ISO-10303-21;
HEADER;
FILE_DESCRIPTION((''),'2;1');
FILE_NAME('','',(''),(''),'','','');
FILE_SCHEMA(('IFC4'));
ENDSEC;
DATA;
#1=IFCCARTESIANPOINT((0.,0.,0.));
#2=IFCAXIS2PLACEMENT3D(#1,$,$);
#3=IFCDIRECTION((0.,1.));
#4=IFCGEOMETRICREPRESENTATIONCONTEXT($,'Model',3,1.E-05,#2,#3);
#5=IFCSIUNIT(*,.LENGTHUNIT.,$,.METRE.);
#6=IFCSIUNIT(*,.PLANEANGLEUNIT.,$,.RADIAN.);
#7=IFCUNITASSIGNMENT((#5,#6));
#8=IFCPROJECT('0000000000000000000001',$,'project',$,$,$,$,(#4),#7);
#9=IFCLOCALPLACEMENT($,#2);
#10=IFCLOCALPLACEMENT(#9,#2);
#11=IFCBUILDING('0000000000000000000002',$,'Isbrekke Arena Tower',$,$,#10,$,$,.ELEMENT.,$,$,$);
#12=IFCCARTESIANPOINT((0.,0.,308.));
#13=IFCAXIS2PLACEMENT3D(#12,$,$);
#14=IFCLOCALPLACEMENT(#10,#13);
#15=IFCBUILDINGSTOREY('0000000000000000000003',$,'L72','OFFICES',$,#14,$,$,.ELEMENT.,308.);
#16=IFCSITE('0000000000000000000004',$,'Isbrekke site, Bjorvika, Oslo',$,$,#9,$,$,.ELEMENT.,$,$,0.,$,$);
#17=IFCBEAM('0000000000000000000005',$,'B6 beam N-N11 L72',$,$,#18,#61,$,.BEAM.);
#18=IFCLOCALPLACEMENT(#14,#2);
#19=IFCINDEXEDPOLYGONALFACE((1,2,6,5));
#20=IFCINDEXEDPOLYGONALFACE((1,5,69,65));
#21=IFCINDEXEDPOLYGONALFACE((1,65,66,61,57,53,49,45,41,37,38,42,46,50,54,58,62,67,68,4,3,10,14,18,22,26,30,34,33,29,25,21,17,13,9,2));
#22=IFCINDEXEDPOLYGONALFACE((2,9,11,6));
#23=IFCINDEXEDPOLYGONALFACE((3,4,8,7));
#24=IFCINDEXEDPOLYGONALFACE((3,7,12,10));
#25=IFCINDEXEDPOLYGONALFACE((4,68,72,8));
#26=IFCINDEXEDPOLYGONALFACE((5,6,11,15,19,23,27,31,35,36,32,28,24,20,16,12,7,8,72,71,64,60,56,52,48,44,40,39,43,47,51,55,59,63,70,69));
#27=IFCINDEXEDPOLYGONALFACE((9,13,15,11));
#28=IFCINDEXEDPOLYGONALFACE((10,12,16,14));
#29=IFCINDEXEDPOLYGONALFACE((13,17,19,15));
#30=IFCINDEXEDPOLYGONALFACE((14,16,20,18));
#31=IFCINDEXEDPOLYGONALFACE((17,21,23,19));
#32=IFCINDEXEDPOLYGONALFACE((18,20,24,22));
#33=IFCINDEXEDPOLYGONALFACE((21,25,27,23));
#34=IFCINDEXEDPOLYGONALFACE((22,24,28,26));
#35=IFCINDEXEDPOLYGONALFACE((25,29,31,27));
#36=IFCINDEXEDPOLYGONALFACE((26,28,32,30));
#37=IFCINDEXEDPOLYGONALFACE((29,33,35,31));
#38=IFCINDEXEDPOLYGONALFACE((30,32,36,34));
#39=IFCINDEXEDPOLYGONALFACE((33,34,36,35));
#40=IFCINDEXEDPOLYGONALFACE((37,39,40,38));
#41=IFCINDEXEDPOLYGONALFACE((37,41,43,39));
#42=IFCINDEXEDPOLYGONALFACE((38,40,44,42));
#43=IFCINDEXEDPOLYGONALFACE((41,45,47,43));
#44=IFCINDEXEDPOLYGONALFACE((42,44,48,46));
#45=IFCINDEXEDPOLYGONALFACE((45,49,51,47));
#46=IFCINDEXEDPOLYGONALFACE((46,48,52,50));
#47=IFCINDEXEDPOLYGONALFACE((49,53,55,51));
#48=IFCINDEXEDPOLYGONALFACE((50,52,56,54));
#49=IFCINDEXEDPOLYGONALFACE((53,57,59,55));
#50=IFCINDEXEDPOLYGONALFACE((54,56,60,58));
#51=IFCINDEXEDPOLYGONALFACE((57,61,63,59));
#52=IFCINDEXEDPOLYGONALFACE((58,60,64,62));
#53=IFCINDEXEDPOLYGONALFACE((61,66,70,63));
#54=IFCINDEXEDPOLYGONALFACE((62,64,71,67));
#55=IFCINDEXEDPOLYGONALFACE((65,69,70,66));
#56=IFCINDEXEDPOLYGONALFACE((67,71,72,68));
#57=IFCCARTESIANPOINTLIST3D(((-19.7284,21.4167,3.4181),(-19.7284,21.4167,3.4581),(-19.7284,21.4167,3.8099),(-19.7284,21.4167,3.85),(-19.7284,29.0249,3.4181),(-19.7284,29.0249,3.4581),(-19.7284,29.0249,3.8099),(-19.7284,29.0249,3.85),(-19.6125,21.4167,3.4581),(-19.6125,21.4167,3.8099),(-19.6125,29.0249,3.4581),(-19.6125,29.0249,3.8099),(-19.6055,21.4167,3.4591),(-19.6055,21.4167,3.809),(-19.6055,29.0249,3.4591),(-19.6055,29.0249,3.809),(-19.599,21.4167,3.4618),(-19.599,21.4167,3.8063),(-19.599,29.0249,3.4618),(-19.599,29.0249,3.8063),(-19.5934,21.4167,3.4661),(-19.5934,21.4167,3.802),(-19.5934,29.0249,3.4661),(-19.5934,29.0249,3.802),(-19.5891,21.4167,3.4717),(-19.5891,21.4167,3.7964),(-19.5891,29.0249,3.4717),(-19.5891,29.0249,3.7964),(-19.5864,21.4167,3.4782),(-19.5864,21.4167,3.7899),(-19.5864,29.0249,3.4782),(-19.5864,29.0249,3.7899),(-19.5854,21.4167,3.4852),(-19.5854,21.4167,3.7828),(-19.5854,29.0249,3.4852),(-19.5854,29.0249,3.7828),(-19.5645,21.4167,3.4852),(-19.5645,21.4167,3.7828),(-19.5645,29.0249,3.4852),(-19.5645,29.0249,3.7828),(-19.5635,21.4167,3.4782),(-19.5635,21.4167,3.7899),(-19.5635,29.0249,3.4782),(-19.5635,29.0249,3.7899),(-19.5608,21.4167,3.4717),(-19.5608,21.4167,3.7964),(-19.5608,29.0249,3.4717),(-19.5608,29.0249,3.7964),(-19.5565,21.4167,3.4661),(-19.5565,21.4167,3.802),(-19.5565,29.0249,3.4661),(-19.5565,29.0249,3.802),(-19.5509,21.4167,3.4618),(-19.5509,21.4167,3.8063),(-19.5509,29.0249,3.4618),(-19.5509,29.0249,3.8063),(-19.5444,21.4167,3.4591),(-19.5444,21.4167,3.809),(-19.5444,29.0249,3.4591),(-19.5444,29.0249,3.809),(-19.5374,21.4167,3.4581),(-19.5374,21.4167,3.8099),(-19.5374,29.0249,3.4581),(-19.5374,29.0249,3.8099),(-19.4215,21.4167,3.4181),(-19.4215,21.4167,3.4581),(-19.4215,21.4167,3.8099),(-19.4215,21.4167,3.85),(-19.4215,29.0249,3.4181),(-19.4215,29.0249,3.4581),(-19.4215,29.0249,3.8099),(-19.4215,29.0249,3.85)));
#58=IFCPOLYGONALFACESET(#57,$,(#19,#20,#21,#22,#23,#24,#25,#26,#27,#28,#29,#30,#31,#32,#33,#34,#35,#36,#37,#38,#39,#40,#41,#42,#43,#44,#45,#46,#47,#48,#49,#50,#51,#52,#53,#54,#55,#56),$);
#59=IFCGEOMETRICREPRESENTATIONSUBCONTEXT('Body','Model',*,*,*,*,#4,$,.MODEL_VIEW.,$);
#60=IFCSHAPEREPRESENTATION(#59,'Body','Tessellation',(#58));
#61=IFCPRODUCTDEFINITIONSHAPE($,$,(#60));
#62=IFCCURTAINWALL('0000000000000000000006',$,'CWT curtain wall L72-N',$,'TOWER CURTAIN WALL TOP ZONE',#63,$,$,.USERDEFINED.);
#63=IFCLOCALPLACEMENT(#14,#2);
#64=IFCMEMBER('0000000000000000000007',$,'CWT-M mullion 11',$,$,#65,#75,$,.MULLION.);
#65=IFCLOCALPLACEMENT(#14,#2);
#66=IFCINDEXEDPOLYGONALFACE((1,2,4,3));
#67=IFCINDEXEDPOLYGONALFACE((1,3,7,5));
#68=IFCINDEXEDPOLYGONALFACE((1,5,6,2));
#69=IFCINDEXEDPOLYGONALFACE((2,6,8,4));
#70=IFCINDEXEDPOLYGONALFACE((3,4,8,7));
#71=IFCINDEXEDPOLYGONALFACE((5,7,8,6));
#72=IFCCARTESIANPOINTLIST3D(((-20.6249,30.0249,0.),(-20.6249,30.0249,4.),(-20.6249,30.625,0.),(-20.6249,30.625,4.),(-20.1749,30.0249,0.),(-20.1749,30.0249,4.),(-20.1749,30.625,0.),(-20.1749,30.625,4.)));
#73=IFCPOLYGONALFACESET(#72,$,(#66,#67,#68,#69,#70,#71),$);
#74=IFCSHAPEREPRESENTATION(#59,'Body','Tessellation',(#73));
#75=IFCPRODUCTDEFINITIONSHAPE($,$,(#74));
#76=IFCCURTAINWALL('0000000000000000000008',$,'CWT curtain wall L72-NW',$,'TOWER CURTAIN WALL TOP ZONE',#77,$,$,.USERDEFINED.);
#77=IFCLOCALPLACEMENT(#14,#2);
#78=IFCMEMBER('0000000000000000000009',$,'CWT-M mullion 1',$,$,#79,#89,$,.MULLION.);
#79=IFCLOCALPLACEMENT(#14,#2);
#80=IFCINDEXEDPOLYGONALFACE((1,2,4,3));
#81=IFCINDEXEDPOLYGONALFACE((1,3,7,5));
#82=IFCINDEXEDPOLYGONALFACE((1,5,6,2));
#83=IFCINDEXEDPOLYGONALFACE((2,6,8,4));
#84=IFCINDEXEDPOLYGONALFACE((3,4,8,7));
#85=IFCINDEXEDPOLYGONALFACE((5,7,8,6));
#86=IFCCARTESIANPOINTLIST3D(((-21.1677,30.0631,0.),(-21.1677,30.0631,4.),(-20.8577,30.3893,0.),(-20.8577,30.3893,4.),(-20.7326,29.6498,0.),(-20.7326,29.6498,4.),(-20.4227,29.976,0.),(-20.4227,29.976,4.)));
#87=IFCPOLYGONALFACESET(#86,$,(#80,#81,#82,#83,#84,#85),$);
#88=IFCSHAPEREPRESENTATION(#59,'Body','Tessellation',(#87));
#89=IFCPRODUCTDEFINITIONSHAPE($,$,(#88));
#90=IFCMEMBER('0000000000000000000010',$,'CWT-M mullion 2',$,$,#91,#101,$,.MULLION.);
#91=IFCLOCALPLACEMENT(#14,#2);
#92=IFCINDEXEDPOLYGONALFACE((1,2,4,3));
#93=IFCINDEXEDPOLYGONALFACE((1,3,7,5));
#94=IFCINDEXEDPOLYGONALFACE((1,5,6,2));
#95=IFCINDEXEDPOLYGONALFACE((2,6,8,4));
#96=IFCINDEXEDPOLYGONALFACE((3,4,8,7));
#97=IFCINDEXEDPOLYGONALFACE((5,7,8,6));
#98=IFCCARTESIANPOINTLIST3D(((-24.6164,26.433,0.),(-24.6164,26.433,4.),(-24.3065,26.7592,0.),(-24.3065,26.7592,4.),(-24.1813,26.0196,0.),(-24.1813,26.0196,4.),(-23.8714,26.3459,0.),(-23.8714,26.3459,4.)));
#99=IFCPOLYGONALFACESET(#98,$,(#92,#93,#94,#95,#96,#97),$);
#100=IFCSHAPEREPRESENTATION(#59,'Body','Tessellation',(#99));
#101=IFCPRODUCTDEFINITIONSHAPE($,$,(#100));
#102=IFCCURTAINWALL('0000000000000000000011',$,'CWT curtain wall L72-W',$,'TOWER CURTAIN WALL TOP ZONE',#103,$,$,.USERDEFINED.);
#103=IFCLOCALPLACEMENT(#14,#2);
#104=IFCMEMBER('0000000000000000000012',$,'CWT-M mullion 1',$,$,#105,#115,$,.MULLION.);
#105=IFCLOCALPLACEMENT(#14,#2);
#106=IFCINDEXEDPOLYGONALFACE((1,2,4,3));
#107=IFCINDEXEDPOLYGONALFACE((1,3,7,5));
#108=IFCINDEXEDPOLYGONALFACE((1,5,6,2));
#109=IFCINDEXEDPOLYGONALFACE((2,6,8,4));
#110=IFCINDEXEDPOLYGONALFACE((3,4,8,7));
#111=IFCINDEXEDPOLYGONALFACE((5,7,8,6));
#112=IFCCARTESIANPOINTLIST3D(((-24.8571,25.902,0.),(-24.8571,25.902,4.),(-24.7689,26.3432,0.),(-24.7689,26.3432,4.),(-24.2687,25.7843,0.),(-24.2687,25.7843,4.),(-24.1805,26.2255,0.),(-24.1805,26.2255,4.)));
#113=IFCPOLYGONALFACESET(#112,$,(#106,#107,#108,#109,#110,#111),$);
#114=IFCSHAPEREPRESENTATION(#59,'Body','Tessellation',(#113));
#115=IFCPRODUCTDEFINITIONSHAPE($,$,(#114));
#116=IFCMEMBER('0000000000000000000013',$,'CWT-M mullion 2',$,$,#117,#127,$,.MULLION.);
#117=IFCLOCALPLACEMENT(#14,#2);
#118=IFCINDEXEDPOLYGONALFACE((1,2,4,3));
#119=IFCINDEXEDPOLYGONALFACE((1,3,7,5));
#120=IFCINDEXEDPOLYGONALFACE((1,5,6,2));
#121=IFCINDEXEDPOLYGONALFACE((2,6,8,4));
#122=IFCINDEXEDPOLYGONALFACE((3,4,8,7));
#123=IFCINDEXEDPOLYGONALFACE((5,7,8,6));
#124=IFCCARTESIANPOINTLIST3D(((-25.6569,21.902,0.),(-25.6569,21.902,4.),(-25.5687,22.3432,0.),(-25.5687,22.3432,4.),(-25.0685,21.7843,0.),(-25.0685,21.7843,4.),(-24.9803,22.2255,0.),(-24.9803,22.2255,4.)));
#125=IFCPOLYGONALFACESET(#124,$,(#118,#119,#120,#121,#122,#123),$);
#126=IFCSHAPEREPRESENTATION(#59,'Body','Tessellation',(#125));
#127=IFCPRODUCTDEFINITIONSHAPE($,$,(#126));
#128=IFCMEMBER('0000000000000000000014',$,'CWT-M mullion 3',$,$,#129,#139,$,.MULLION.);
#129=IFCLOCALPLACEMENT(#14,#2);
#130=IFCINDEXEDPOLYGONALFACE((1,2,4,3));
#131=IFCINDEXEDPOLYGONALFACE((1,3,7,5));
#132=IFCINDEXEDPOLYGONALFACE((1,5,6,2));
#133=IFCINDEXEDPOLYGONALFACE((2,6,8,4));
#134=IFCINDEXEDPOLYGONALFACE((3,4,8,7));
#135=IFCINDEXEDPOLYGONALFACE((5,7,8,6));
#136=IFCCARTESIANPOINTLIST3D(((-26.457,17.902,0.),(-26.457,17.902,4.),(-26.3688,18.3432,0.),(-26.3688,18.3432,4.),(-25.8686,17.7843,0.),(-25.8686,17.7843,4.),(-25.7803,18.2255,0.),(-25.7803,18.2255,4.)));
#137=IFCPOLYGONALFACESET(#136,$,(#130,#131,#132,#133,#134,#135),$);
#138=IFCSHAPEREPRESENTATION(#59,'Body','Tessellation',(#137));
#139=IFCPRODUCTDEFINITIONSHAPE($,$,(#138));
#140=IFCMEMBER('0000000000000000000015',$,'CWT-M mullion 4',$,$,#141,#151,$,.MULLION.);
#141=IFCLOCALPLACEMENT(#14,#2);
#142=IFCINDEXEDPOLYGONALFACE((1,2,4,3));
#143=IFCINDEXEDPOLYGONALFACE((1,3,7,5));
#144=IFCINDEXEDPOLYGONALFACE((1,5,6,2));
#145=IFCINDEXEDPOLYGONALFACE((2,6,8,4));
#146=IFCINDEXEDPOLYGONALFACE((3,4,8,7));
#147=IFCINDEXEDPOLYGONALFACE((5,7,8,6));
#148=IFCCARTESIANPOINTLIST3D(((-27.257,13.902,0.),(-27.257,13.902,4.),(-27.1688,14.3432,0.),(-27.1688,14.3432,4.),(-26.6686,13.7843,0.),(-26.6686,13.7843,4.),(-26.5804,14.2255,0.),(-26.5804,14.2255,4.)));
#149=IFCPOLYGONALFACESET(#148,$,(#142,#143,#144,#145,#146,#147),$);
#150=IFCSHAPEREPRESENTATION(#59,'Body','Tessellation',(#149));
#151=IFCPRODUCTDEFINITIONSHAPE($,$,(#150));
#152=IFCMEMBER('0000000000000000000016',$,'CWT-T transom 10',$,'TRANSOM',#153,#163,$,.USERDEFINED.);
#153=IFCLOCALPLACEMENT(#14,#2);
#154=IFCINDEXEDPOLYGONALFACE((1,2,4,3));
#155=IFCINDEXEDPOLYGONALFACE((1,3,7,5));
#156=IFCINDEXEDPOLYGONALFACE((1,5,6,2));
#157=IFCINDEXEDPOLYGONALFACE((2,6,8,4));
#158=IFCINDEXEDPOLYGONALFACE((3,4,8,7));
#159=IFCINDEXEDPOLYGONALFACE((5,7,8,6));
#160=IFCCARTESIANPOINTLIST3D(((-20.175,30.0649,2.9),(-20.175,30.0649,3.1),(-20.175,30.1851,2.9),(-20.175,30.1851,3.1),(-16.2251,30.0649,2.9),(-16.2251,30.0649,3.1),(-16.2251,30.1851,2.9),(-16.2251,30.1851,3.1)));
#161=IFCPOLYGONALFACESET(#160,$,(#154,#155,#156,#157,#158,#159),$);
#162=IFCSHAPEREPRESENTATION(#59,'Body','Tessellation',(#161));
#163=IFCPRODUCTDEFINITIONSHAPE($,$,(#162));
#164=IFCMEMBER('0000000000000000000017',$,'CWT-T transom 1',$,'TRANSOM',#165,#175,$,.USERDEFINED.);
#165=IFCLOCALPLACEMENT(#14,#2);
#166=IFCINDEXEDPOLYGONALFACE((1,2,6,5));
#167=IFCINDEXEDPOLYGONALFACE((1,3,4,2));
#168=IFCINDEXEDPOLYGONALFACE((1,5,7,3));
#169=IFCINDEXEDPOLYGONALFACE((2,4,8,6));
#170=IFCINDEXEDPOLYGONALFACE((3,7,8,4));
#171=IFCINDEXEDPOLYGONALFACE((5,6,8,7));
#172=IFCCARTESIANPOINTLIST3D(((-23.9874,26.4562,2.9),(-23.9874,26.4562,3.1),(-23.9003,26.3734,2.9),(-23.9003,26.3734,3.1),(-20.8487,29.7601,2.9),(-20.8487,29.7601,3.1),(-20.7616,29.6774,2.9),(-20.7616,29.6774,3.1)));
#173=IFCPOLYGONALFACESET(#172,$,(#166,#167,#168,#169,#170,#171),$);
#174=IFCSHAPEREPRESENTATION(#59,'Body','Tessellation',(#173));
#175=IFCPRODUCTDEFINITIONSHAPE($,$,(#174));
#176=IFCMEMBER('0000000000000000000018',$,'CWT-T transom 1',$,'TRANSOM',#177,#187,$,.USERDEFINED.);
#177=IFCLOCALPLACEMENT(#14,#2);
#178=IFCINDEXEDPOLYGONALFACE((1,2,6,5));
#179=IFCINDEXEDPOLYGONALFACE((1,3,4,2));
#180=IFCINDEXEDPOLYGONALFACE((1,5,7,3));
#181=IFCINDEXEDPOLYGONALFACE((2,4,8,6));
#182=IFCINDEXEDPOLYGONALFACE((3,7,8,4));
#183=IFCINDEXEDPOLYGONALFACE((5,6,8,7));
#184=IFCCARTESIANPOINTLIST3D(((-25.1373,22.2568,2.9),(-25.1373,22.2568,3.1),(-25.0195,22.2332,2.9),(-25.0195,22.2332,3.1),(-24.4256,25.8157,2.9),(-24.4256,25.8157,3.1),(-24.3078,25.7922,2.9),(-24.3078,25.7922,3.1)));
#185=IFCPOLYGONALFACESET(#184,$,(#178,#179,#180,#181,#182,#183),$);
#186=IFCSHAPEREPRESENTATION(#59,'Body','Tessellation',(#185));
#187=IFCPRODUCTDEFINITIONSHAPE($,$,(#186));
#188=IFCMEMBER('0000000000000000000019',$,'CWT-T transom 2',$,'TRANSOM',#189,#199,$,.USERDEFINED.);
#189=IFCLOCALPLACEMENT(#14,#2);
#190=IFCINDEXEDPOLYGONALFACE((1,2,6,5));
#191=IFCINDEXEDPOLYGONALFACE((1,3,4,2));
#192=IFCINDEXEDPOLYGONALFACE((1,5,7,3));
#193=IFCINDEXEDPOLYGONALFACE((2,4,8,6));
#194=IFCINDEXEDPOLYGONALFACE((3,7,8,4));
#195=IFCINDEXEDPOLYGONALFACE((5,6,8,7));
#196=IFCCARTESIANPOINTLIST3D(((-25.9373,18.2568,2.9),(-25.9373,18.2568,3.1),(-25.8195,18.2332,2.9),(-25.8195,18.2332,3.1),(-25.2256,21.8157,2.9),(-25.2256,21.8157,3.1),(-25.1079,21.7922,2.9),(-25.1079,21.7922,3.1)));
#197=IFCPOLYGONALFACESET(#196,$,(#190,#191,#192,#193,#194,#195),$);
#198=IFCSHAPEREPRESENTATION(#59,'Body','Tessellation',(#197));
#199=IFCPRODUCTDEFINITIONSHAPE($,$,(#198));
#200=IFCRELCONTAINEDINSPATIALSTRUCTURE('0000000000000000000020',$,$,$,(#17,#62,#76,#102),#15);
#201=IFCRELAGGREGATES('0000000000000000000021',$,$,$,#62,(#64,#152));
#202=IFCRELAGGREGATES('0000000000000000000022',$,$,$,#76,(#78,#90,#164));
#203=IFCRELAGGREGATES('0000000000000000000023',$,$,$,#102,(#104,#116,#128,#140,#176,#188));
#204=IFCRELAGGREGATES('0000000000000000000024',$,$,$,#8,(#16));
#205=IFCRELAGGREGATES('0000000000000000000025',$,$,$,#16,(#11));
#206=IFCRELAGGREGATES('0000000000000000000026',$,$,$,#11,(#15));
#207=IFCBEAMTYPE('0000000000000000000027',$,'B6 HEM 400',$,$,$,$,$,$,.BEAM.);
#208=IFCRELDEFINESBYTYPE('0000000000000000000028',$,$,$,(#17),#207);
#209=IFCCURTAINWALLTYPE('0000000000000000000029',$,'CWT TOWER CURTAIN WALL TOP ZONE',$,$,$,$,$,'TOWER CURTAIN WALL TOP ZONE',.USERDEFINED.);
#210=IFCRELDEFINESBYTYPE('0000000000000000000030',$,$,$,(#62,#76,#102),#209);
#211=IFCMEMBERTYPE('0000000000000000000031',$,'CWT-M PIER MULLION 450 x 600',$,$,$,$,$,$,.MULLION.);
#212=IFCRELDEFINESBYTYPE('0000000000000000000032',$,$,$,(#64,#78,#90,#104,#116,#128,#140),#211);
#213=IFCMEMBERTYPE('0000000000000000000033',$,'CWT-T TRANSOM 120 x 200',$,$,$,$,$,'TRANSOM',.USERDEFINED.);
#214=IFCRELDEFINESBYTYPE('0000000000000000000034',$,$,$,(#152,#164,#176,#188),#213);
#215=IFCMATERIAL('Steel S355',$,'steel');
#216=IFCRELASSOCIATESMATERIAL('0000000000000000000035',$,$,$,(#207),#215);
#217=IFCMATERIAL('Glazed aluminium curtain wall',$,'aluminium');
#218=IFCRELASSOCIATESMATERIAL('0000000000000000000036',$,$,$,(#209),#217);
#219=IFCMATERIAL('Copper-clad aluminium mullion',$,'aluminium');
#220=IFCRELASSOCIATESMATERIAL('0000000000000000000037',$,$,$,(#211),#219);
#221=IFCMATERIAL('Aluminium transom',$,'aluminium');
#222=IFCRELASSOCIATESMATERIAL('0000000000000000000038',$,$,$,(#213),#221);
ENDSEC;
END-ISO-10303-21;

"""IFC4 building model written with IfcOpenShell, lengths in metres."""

from ifc_helpers import new_model, si_unit, direction, frame, origin, origin_2d, place, context, subcontext, project, spatial, rectangle, i_section, extrude, material, material_profile, profile_set, type_object, element, aggregate, save


model = new_model("IFC4")

# Units and contexts
model_context = context("Model", 3, precision=1e-05, world=origin(), true_north=direction((0.0, 1.0)))
body_context = subcontext(model_context, "Body", "Model", "MODEL_VIEW")
ifc_project = project(units=[si_unit("LENGTHUNIT", "METRE"), si_unit("PLANEANGLEUNIT", "RADIAN")], contexts=[model_context])

# Site, building, storey
site_placement = place(None, origin())
site = spatial("IfcSite", under=ifc_project, at=site_placement, Name="Isbrekke site, Bjorvika, Oslo", CompositionType="ELEMENT", RefElevation=0.0)
building_placement = place(site_placement, origin())
building = spatial("IfcBuilding", under=site, at=building_placement, Name="Isbrekke Arena Tower", CompositionType="ELEMENT")
storey_placement = place(building_placement, frame((0.0, 0.0, 308.0)))
storey = spatial("IfcBuildingStorey", under=building, at=storey_placement, Name="L72", Description="OFFICES", CompositionType="ELEMENT", Elevation=308.0)

# Beam
ifc_material_1 = material(Name="Steel S355", Category="steel")
ifc_material_profile_1 = material_profile(ifc_material_1, i_section(OverallWidth=0.3069, OverallDepth=0.4319, WebThickness=0.021, FlangeThickness=0.04, FilletRadius=0.0271, at=origin_2d()), Name="HEM 400")
ifc_profile_set_1 = profile_set([ifc_material_profile_1], Name="Steel S355")
beam_type_1 = type_object("IfcBeamType", Name="B6 HEM 400", PredefinedType="BEAM", material=ifc_profile_set_1)
beam_1_placement = place(storey_placement, frame((-19.575, 29.0249, 3.634), z_axis=(0.0, -1.0, 0.0), x_axis=(1.0, 0.0, 0.0)))
element("IfcBeam", 1, at=beam_1_placement, inside=storey, type_object=beam_type_1, Name="B6 beam N-N11 L72", PredefinedType="BEAM", context=body_context, shape_type="SweptSolid", body=[
    extrude(i_section(OverallWidth=0.3069, OverallDepth=0.4319, WebThickness=0.021, FlangeThickness=0.04, FilletRadius=0.0271, at=origin_2d()), origin(), (0.0, 0.0, 1.0), 7.6082),
])

# Curtain wall, member
ifc_material_2 = material(Name="Glazed aluminium curtain wall", Category="aluminium")
curtain_wall_type = type_object("IfcCurtainWallType", Name="CWT TOWER CURTAIN WALL TOP ZONE", ElementType="TOWER CURTAIN WALL TOP ZONE", PredefinedType="USERDEFINED", material=ifc_material_2)
curtain_wall_1_placement = place(storey_placement, origin())
curtain_wall_1 = element("IfcCurtainWall", 2, at=curtain_wall_1_placement, inside=storey, type_object=curtain_wall_type, Name="CWT curtain wall L72-N", ObjectType="TOWER CURTAIN WALL TOP ZONE", PredefinedType="USERDEFINED")
ifc_material_3 = material(Name="Copper-clad aluminium mullion", Category="aluminium")
ifc_material_profile_2 = material_profile(ifc_material_3, rectangle(XDim=0.45, YDim=0.6001, at=origin_2d()), Name="PIER 450X600")
ifc_profile_set_2 = profile_set([ifc_material_profile_2], Name="Copper-clad aluminium mullion")
member_type_1 = type_object("IfcMemberType", Name="CWT-M PIER MULLION 450 x 600", PredefinedType="MULLION", material=ifc_profile_set_2)
member_1_placement = place(storey_placement, frame((-20.3999, 30.325, 0.0), z_axis=(0.0, 0.0, 1.0), x_axis=(-1.0, 0.0, 0.0)))
member_1 = element("IfcMember", 3, at=member_1_placement, type_object=member_type_1, Name="CWT-M mullion 11", PredefinedType="MULLION", context=body_context, shape_type="SweptSolid", body=[
    extrude(rectangle(XDim=0.45, YDim=0.6001, at=origin_2d()), origin(), (0.0, 0.0, 1.0), 4.0),
])

# Curtain walls, members
curtain_wall_2_placement = place(storey_placement, origin())
curtain_wall_2 = element("IfcCurtainWall", 4, at=curtain_wall_2_placement, inside=storey, type_object=curtain_wall_type, Name="CWT curtain wall L72-NW", ObjectType="TOWER CURTAIN WALL TOP ZONE", PredefinedType="USERDEFINED")
member_2_placement = place(storey_placement, frame((-20.7952, 30.0195, 0.0), z_axis=(0.0, 0.0, 1.0), x_axis=(-0.688749, -0.724999, 0.0)))
member_2 = element("IfcMember", 5, at=member_2_placement, type_object=member_type_1, Name="CWT-M mullion 1", PredefinedType="MULLION", context=body_context, shape_type="SweptSolid", body=[
    extrude(rectangle(XDim=0.45, YDim=0.6001, at=origin_2d()), origin(), (0.0, 0.0, 1.0), 4.0),
])
member_3_placement = place(storey_placement, frame((-24.2439, 26.3894, 0.0), z_axis=(0.0, 0.0, 1.0), x_axis=(-0.688749, -0.724999, 0.0)))
member_3 = element("IfcMember", 6, at=member_3_placement, type_object=member_type_1, Name="CWT-M mullion 2", PredefinedType="MULLION", context=body_context, shape_type="SweptSolid", body=[
    extrude(rectangle(XDim=0.45, YDim=0.6001, at=origin_2d()), origin(), (0.0, 0.0, 1.0), 4.0),
])
curtain_wall_3_placement = place(storey_placement, origin())
curtain_wall_3 = element("IfcCurtainWall", 7, at=curtain_wall_3_placement, inside=storey, type_object=curtain_wall_type, Name="CWT curtain wall L72-W", ObjectType="TOWER CURTAIN WALL TOP ZONE", PredefinedType="USERDEFINED")
member_4_placement = place(storey_placement, frame((-24.5188, 26.0637, 0.0), z_axis=(0.0, 0.0, 1.0), x_axis=(-0.196116, -0.980581, 0.0)))
member_4 = element("IfcMember", 8, at=member_4_placement, type_object=member_type_1, Name="CWT-M mullion 1", PredefinedType="MULLION", context=body_context, shape_type="SweptSolid", body=[
    extrude(rectangle(XDim=0.45, YDim=0.6001, at=origin_2d()), origin(), (0.0, 0.0, 1.0), 4.0),
])
member_5_placement = place(storey_placement, frame((-25.3186, 22.0637, 0.0), z_axis=(0.0, 0.0, 1.0), x_axis=(-0.196116, -0.980581, 0.0)))
member_5 = element("IfcMember", 9, at=member_5_placement, type_object=member_type_1, Name="CWT-M mullion 2", PredefinedType="MULLION", context=body_context, shape_type="SweptSolid", body=[
    extrude(rectangle(XDim=0.45, YDim=0.6001, at=origin_2d()), origin(), (0.0, 0.0, 1.0), 4.0),
])
member_6_placement = place(storey_placement, frame((-26.1187, 18.0637, 0.0), z_axis=(0.0, 0.0, 1.0), x_axis=(-0.196116, -0.980581, 0.0)))
member_6 = element("IfcMember", 10, at=member_6_placement, type_object=member_type_1, Name="CWT-M mullion 3", PredefinedType="MULLION", context=body_context, shape_type="SweptSolid", body=[
    extrude(rectangle(XDim=0.45, YDim=0.6001, at=origin_2d()), origin(), (0.0, 0.0, 1.0), 4.0),
])
member_7_placement = place(storey_placement, frame((-26.9187, 14.0637, 0.0), z_axis=(0.0, 0.0, 1.0), x_axis=(-0.196116, -0.980581, 0.0)))
member_7 = element("IfcMember", 11, at=member_7_placement, type_object=member_type_1, Name="CWT-M mullion 4", PredefinedType="MULLION", context=body_context, shape_type="SweptSolid", body=[
    extrude(rectangle(XDim=0.45, YDim=0.6001, at=origin_2d()), origin(), (0.0, 0.0, 1.0), 4.0),
])

# Members
ifc_material_4 = material(Name="Aluminium transom", Category="aluminium")
ifc_material_profile_3 = material_profile(ifc_material_4, rectangle(XDim=0.1201, YDim=0.2, at=origin_2d()), Name="TRANSOM 120X200")
ifc_profile_set_3 = profile_set([ifc_material_profile_3], Name="Aluminium transom")
member_type_2 = type_object("IfcMemberType", Name="CWT-T TRANSOM 120 x 200", ElementType="TRANSOM", PredefinedType="USERDEFINED", material=ifc_profile_set_3)
member_8_placement = place(storey_placement, frame((-16.2251, 30.125, 3.0), z_axis=(-1.0, 0.0, 0.0), x_axis=(0.0, -1.0, 0.0)))
member_8 = element("IfcMember", 12, at=member_8_placement, type_object=member_type_2, Name="CWT-T transom 10", ObjectType="TRANSOM", PredefinedType="USERDEFINED", context=body_context, shape_type="SweptSolid", body=[
    extrude(rectangle(XDim=0.1201, YDim=0.2, at=origin_2d()), origin(), (0.0, 0.0, 1.0), 3.95),
])
member_9_placement = place(storey_placement, frame((-20.8052, 29.7188, 3.0), z_axis=(-0.68874, -0.725009, 0.0), x_axis=(0.725009, -0.68874, 0.0)))
member_9 = element("IfcMember", 13, at=member_9_placement, type_object=member_type_2, Name="CWT-T transom 1", ObjectType="TRANSOM", PredefinedType="USERDEFINED", context=body_context, shape_type="SweptSolid", body=[
    extrude(rectangle(XDim=0.1201, YDim=0.2, at=origin_2d()), origin(), (0.0, 0.0, 1.0), 4.5571),
])
member_10_placement = place(storey_placement, frame((-24.3667, 25.804, 3.0), z_axis=(-0.19609, -0.980586, 0.0), x_axis=(0.980586, -0.19609, 0.0)))
member_10 = element("IfcMember", 14, at=member_10_placement, type_object=member_type_2, Name="CWT-T transom 1", ObjectType="TRANSOM", PredefinedType="USERDEFINED", context=body_context, shape_type="SweptSolid", body=[
    extrude(rectangle(XDim=0.1201, YDim=0.2, at=origin_2d()), origin(), (0.0, 0.0, 1.0), 3.6294),
])
member_11_placement = place(storey_placement, frame((-25.1667, 21.804, 3.0), z_axis=(-0.19609, -0.980586, 0.0), x_axis=(0.980586, -0.19609, 0.0)))
member_11 = element("IfcMember", 15, at=member_11_placement, type_object=member_type_2, Name="CWT-T transom 2", ObjectType="TRANSOM", PredefinedType="USERDEFINED", context=body_context, shape_type="SweptSolid", body=[
    extrude(rectangle(XDim=0.1201, YDim=0.2, at=origin_2d()), origin(), (0.0, 0.0, 1.0), 3.6294),
])

aggregate(curtain_wall_1, [member_1, member_8])
aggregate(curtain_wall_2, [member_2, member_3, member_9])
aggregate(curtain_wall_3, [member_4, member_5, member_6, member_7, member_10, member_11])

save(model, "model.ifc")
